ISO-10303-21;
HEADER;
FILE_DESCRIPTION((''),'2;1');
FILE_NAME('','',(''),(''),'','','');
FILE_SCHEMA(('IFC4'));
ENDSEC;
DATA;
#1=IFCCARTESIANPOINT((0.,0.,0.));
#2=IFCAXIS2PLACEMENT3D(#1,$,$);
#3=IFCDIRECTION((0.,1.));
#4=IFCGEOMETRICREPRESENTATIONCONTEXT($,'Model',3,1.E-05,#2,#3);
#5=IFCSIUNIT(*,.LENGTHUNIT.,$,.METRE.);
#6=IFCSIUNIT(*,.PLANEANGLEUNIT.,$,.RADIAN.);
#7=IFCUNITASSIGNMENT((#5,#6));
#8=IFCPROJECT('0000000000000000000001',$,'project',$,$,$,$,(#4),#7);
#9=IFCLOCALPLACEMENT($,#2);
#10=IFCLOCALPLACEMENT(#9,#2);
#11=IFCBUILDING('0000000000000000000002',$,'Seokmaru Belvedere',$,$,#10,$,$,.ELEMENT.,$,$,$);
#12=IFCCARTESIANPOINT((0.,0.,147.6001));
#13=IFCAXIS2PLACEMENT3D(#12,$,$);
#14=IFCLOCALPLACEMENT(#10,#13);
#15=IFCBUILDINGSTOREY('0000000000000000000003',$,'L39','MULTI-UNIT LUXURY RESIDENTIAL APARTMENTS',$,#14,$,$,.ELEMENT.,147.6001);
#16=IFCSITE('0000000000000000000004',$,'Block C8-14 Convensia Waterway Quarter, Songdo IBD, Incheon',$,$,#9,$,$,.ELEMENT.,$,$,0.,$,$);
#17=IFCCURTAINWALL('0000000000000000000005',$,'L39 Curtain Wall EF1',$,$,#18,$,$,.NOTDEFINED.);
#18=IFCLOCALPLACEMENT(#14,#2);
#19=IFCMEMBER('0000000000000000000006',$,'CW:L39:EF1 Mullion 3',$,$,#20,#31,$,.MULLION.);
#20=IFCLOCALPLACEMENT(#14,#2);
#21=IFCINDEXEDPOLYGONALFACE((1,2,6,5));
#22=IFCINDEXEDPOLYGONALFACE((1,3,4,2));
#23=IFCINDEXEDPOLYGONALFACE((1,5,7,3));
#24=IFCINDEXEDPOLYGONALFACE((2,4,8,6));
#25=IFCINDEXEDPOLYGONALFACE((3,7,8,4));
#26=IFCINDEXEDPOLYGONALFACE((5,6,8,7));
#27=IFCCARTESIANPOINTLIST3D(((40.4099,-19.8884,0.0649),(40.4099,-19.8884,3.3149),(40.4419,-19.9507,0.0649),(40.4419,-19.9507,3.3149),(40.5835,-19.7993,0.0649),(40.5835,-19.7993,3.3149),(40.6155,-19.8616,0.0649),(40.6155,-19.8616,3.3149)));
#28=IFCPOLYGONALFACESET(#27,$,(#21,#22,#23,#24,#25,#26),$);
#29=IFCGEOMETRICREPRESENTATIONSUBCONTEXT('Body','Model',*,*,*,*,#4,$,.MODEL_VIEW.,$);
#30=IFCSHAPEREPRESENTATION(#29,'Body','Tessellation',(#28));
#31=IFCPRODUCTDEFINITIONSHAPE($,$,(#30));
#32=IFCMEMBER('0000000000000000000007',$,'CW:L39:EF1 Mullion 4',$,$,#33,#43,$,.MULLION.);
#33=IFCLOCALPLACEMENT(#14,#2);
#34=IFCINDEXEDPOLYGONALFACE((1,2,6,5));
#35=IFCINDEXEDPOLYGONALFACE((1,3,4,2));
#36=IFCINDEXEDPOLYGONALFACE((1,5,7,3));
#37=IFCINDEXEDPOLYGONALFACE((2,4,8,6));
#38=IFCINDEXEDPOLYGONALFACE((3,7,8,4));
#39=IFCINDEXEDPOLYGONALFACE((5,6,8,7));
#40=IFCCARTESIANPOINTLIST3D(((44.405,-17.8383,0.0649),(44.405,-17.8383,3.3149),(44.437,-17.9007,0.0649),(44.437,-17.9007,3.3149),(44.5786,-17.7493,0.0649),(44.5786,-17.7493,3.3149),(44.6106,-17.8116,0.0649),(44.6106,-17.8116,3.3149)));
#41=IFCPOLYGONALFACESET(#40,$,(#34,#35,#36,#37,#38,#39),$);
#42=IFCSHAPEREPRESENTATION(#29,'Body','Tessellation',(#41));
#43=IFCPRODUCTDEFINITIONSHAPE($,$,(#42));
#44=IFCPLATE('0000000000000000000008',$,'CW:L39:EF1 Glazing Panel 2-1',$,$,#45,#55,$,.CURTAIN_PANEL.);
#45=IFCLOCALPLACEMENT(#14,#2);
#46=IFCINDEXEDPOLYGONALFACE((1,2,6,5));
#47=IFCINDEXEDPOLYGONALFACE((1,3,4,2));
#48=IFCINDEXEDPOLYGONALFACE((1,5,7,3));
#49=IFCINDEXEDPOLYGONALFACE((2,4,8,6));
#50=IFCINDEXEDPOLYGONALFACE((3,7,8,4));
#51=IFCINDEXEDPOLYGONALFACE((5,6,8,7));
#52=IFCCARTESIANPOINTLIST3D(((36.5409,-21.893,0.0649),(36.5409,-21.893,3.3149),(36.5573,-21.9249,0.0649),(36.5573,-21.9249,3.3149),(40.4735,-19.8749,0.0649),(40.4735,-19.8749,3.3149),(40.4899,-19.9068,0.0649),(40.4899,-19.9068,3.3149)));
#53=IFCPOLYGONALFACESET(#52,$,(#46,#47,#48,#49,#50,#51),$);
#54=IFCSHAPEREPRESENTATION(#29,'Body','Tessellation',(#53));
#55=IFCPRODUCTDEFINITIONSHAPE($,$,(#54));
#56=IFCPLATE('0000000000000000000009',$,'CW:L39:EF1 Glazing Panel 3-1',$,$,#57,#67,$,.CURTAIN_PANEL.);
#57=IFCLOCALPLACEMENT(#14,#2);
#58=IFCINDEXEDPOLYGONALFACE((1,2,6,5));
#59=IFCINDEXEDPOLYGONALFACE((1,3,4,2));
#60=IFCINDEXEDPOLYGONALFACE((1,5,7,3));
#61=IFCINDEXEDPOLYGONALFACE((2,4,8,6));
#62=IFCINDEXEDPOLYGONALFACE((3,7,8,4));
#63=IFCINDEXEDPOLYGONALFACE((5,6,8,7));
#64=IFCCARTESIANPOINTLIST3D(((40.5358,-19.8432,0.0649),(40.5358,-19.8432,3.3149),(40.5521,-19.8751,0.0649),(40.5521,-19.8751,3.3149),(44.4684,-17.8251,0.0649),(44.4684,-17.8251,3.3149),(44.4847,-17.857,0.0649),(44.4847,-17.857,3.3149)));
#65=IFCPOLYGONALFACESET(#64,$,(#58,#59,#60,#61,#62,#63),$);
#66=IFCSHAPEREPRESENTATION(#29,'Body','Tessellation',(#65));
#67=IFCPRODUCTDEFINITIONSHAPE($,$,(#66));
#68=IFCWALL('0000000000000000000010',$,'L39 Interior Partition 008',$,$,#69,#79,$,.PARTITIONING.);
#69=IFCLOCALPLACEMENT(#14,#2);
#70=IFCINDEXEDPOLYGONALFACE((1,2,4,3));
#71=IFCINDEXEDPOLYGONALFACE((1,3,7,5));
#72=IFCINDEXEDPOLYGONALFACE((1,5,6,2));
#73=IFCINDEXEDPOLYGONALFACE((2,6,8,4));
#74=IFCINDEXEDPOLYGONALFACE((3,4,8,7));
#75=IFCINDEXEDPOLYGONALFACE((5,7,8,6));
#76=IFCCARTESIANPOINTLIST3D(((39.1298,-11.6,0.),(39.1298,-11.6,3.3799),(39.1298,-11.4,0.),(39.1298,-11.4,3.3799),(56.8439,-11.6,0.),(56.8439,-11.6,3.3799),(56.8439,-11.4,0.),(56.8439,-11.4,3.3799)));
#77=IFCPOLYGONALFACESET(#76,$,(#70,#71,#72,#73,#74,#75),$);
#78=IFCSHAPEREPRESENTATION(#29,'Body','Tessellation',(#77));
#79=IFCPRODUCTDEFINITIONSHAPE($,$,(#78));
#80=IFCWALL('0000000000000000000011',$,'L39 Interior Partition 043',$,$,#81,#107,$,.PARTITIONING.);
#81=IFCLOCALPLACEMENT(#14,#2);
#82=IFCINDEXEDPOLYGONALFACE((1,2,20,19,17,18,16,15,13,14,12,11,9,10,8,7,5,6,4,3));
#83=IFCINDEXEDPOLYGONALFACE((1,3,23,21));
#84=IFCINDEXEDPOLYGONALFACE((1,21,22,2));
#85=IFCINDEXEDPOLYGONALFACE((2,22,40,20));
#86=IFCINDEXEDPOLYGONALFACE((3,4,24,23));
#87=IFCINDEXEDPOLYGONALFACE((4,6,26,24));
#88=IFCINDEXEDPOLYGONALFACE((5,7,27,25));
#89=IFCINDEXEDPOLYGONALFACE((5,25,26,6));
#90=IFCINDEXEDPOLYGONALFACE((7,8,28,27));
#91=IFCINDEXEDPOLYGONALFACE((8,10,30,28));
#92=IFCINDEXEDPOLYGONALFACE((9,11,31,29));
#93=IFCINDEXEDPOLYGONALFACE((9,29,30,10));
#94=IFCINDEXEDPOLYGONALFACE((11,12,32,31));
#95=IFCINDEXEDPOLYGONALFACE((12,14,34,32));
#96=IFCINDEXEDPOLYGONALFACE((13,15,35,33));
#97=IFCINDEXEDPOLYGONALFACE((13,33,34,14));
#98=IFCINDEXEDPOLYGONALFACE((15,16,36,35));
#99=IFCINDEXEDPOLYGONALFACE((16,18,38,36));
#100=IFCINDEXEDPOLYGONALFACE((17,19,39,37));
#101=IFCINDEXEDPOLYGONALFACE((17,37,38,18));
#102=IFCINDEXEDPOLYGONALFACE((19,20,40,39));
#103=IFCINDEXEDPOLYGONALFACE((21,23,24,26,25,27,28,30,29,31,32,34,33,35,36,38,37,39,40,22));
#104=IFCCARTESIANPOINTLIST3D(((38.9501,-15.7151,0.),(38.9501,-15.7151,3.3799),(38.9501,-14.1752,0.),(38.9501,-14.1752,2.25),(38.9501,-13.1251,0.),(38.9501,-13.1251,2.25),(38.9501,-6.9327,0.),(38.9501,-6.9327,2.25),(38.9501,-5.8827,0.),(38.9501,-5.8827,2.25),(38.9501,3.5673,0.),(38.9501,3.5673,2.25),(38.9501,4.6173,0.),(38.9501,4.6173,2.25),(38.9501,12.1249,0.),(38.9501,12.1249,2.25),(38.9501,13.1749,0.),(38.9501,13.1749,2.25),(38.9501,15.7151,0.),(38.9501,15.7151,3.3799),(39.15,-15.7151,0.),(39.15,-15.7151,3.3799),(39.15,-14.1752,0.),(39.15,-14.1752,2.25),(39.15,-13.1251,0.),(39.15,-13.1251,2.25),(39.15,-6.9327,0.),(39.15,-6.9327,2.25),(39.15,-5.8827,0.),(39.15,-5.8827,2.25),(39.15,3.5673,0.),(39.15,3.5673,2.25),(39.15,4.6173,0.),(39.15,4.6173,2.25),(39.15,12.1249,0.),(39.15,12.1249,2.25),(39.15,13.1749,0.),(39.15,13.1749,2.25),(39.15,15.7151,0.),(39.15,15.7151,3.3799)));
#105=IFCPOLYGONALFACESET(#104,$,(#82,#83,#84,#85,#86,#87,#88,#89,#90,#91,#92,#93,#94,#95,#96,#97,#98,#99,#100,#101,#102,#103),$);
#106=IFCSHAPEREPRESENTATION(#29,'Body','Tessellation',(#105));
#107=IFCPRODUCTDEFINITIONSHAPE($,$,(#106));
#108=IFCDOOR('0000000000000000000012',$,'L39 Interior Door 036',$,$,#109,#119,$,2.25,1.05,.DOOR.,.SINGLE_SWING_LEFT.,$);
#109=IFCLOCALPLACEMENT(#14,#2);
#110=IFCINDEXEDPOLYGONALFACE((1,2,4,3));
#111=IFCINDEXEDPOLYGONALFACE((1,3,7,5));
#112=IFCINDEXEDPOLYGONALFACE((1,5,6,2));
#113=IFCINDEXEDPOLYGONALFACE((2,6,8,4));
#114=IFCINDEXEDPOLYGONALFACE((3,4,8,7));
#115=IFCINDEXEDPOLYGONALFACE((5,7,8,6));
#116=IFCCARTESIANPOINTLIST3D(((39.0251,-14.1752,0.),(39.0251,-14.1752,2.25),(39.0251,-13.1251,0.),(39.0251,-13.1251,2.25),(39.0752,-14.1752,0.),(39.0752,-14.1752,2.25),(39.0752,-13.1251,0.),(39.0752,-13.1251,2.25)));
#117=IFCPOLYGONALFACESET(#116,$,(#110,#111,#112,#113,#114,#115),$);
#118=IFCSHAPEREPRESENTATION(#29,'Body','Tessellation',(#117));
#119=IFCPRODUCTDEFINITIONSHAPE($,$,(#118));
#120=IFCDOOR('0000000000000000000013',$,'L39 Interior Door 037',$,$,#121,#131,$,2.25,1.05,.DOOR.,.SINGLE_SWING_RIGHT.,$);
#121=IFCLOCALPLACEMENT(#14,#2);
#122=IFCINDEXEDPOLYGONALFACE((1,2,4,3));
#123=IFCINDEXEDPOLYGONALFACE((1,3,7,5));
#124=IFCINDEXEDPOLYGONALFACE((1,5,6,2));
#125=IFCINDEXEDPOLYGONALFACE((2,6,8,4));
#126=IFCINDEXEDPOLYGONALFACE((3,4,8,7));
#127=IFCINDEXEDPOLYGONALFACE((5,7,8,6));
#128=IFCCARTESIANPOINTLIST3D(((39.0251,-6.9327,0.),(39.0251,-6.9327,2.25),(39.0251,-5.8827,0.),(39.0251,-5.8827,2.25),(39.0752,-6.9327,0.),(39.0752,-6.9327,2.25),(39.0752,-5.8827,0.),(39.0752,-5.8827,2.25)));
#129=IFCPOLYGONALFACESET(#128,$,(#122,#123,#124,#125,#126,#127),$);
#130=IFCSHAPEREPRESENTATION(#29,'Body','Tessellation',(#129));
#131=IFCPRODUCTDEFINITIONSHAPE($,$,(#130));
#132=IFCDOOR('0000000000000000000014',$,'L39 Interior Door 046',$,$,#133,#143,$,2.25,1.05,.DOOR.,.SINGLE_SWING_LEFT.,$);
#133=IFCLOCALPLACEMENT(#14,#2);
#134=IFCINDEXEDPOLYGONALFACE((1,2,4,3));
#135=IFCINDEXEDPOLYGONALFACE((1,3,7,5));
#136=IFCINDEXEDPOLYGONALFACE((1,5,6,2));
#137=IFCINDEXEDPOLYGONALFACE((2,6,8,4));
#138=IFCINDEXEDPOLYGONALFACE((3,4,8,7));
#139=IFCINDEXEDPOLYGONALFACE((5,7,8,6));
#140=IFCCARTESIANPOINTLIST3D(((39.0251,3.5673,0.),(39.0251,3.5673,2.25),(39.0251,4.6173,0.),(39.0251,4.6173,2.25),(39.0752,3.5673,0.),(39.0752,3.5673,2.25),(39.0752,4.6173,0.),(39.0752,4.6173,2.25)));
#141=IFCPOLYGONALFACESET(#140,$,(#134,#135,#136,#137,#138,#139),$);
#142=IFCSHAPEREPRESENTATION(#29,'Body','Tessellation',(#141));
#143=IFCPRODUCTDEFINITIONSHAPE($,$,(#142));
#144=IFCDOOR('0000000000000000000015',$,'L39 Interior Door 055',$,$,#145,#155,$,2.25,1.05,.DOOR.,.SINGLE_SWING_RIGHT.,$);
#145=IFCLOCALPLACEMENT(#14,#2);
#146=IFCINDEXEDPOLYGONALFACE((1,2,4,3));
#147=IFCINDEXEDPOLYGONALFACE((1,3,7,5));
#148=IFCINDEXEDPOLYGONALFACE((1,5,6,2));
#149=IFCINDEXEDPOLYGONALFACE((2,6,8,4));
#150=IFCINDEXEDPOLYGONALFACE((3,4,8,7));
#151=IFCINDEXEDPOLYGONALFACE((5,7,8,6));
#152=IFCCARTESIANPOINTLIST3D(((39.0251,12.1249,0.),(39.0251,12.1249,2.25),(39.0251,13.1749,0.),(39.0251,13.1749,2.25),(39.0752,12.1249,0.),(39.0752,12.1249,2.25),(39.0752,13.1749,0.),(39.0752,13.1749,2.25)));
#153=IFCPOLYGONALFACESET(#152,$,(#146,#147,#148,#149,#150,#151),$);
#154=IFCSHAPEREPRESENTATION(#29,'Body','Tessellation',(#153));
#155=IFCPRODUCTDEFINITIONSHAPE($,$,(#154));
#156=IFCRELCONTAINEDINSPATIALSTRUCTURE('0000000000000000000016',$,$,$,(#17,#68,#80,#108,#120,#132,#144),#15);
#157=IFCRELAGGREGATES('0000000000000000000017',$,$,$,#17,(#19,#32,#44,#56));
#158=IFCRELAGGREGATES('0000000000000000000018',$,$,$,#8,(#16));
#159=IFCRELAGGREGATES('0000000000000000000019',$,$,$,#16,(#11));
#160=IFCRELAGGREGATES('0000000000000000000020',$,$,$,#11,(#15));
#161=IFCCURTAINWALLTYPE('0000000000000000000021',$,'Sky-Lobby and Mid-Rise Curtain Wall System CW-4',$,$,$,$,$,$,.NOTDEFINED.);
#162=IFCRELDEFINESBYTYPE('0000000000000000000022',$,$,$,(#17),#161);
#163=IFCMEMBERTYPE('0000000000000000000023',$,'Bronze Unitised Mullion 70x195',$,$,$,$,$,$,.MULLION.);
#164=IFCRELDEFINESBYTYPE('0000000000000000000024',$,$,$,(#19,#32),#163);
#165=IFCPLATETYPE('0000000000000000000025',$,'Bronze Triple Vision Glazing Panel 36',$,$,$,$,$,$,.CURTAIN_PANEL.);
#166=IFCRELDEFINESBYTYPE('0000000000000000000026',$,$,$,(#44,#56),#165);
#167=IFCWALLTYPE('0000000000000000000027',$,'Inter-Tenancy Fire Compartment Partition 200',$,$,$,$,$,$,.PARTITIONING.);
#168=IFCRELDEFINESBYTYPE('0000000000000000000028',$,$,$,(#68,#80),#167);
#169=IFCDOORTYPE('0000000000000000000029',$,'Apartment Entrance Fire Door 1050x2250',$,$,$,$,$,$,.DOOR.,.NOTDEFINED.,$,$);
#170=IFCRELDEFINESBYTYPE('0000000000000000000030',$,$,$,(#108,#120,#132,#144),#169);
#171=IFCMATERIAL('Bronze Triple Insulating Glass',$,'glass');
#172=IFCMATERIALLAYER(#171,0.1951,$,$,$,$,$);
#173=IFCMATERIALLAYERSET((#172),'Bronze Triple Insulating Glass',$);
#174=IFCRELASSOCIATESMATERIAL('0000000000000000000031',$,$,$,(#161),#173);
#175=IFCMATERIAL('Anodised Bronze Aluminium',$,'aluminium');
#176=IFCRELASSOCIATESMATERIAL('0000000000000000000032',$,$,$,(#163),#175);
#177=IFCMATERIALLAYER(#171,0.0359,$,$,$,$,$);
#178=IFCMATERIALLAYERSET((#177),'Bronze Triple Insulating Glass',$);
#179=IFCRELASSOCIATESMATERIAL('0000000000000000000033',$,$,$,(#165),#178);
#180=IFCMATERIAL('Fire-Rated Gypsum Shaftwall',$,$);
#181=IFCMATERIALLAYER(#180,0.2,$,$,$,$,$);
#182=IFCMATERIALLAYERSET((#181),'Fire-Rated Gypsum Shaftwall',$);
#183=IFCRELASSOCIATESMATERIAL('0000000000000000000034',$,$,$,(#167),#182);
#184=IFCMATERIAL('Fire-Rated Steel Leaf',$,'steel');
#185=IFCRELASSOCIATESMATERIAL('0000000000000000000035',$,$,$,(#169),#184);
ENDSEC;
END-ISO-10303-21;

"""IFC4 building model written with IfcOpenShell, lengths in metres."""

from ifc_helpers import new_model, si_unit, direction, frame, frame_2d, origin, origin_2d, place, context, subcontext, project, spatial, rectangle, extrude, source, transform, mapped, material, layer, layer_set, material_profile, profile_set, type_object, type_shapes, element, fill, aggregate, save


model = new_model("IFC4")

# Units and contexts
model_context = context("Model", 3, precision=1e-05, world=origin(), true_north=direction((0.0, 1.0)))
body_context = subcontext(model_context, "Body", "Model", "MODEL_VIEW")
ifc_project = project(units=[si_unit("LENGTHUNIT", "METRE"), si_unit("PLANEANGLEUNIT", "RADIAN")], contexts=[model_context])

# Site, building, storey
site_placement = place(None, origin())
site = spatial("IfcSite", under=ifc_project, at=site_placement, Name="Block C8-14 Convensia Waterway Quarter, Songdo IBD, Incheon", CompositionType="ELEMENT", RefElevation=0.0)
building_placement = place(site_placement, origin())
building = spatial("IfcBuilding", under=site, at=building_placement, Name="Seokmaru Belvedere", CompositionType="ELEMENT")
storey_placement = place(building_placement, frame((0.0, 0.0, 147.6001)))
storey = spatial("IfcBuildingStorey", under=building, at=storey_placement, Name="L39", Description="MULTI-UNIT LUXURY RESIDENTIAL APARTMENTS", CompositionType="ELEMENT", Elevation=147.6001)

# Curtain wall, members, plates
ifc_material_1 = material(Name="Bronze Triple Insulating Glass", Category="glass")
ifc_layer_1 = layer(ifc_material_1, 0.1951)
ifc_layer_set_1 = layer_set([ifc_layer_1], Name="Bronze Triple Insulating Glass")
curtain_wall_type = type_object("IfcCurtainWallType", Name="Sky-Lobby and Mid-Rise Curtain Wall System CW-4", PredefinedType="NOTDEFINED", material=ifc_layer_set_1)
curtain_wall_placement = place(storey_placement, origin())
curtain_wall = element("IfcCurtainWall", 1, at=curtain_wall_placement, inside=storey, type_object=curtain_wall_type, Name="L39 Curtain Wall EF1", PredefinedType="NOTDEFINED")
ifc_material_2 = material(Name="Anodised Bronze Aluminium", Category="aluminium")
ifc_material_profile_1 = material_profile(ifc_material_2, rectangle(XDim=0.0701, YDim=0.1951, at=origin_2d()), Name="CW-M-70x195")
ifc_profile_set_1 = profile_set([ifc_material_profile_1], Name="Anodised Bronze Aluminium")
member_type = type_object("IfcMemberType", Name="Bronze Unitised Mullion 70x195", PredefinedType="MULLION", material=ifc_profile_set_1)
shared_shape_1 = source(origin(), body_context, "Body", "SweptSolid", [
    extrude(rectangle(XDim=0.0701, YDim=0.1951, at=origin_2d()), origin(), (0.0, 0.0, 1.0), 3.25),
])
type_shapes(member_type, [shared_shape_1])
member_1_placement = place(storey_placement, frame((40.5127, -19.875, 0.0649), z_axis=(0.0, 0.0, 1.0), x_axis=(-0.456555, 0.889695, 0.0)))
member_1 = element("IfcMember", 2, at=member_1_placement, type_object=member_type, Name="CW:L39:EF1 Mullion 3", PredefinedType="MULLION", context=body_context, shape_type="MappedRepresentation", body=[
    mapped(shared_shape_1, transform((0.0, 0.0, 0.0), scale=1.0)),
])
member_2_placement = place(storey_placement, frame((44.5078, -17.825, 0.0649), z_axis=(0.0, 0.0, 1.0), x_axis=(-0.456555, 0.889695, 0.0)))
member_2 = element("IfcMember", 3, at=member_2_placement, type_object=member_type, Name="CW:L39:EF1 Mullion 4", PredefinedType="MULLION", context=body_context, shape_type="MappedRepresentation", body=[
    mapped(shared_shape_1, transform((0.0, 0.0, 0.0), scale=1.0)),
])
ifc_layer_2 = layer(ifc_material_1, 0.0359)
ifc_layer_set_2 = layer_set([ifc_layer_2], Name="Bronze Triple Insulating Glass")
plate_type = type_object("IfcPlateType", Name="Bronze Triple Vision Glazing Panel 36", PredefinedType="CURTAIN_PANEL", material=ifc_layer_set_2)
shared_shape_2 = source(origin(), body_context, "Body", "SweptSolid", [
    extrude(rectangle(XDim=4.4202, YDim=0.0359, at=origin_2d()), origin(), (0.0, 0.0, 1.0), 3.25),
])
type_shapes(plate_type, [shared_shape_2])
plate_1_placement = place(storey_placement, frame((38.5154, -20.8999, 0.0649), z_axis=(0.0, 0.0, 1.0), x_axis=(0.889695, 0.456555, 0.0)))
plate_1 = element("IfcPlate", 4, at=plate_1_placement, type_object=plate_type, Name="CW:L39:EF1 Glazing Panel 2-1", PredefinedType="CURTAIN_PANEL", context=body_context, shape_type="MappedRepresentation", body=[
    mapped(shared_shape_2, transform((0.0, 0.0, 0.0), scale=1.0)),
])
plate_2_placement = place(storey_placement, frame((42.5103, -18.8501, 0.0649), z_axis=(0.0, 0.0, 1.0), x_axis=(0.889695, 0.456555, 0.0)))
plate_2 = element("IfcPlate", 5, at=plate_2_placement, type_object=plate_type, Name="CW:L39:EF1 Glazing Panel 3-1", PredefinedType="CURTAIN_PANEL", context=body_context, shape_type="MappedRepresentation", body=[
    mapped(shared_shape_2, transform((0.0, 0.0, 0.0), scale=1.0)),
])
aggregate(curtain_wall, [member_1, member_2, plate_1, plate_2])

# Wall
ifc_material_3 = material(Name="Fire-Rated Gypsum Shaftwall")
ifc_layer_3 = layer(ifc_material_3, 0.2)
ifc_layer_set_3 = layer_set([ifc_layer_3], Name="Fire-Rated Gypsum Shaftwall")
wall_type_1 = type_object("IfcWallType", Name="Inter-Tenancy Fire Compartment Partition 200", PredefinedType="PARTITIONING", material=ifc_layer_set_3)
wall_1_placement = place(storey_placement, frame((39.1299, -11.5, 0.0), z_axis=(0.0, 0.0, 1.0), x_axis=(1.0, 0.0, 0.0)))
element("IfcWall", 6, at=wall_1_placement, inside=storey, type_object=wall_type_1, Name="L39 Interior Partition 008", PredefinedType="PARTITIONING", context=body_context, shape_type="SweptSolid", body=[
    extrude(rectangle(XDim=17.7141, YDim=0.2, at=frame_2d((8.8569, 0.0))), origin(), (0.0, 0.0, 1.0), 3.3799),
])

# Wall, openings, doors
wall_2_placement = place(storey_placement, frame((39.05, -15.7151, 0.0), z_axis=(0.0, 0.0, 1.0), x_axis=(0.0, 1.0, 0.0)))
wall_2 = element("IfcWall", 7, at=wall_2_placement, inside=storey, type_object=wall_type_1, Name="L39 Interior Partition 043", PredefinedType="PARTITIONING", context=body_context, shape_type="SweptSolid", body=[
    extrude(rectangle(XDim=31.4302, YDim=0.2, at=frame_2d((15.7151, 0.0))), origin(), (0.0, 0.0, 1.0), 3.3799),
])
opening_1_placement = place(wall_2_placement, frame((1.54, 0.0, 0.0)))
opening_1 = element("IfcOpeningElement", 8, at=opening_1_placement, cuts=wall_2, PredefinedType="OPENING", context=body_context, shape_type="SweptSolid", body=[
    extrude(rectangle(XDim=1.05, YDim=2.25, at=frame_2d((0.5249, 1.125))), frame((0.0, 0.1099, 0.0), z_axis=(0.0, -1.0, 0.0), x_axis=(1.0, 0.0, 0.0)), (0.0, 0.0, 1.0), 0.22),
])
opening_2_placement = place(wall_2_placement, frame((8.7825, 0.0, 0.0)))
opening_2 = element("IfcOpeningElement", 9, at=opening_2_placement, cuts=wall_2, PredefinedType="OPENING", context=body_context, shape_type="SweptSolid", body=[
    extrude(rectangle(XDim=1.05, YDim=2.25, at=frame_2d((0.5249, 1.125))), frame((0.0, 0.1099, 0.0), z_axis=(0.0, -1.0, 0.0), x_axis=(1.0, 0.0, 0.0)), (0.0, 0.0, 1.0), 0.22),
])
opening_3_placement = place(wall_2_placement, frame((19.2825, 0.0, 0.0)))
opening_3 = element("IfcOpeningElement", 10, at=opening_3_placement, cuts=wall_2, PredefinedType="OPENING", context=body_context, shape_type="SweptSolid", body=[
    extrude(rectangle(XDim=1.05, YDim=2.25, at=frame_2d((0.5249, 1.125))), frame((0.0, 0.1099, 0.0), z_axis=(0.0, -1.0, 0.0), x_axis=(1.0, 0.0, 0.0)), (0.0, 0.0, 1.0), 0.22),
])
opening_4_placement = place(wall_2_placement, frame((27.8401, 0.0, 0.0)))
opening_4 = element("IfcOpeningElement", 11, at=opening_4_placement, cuts=wall_2, PredefinedType="OPENING", context=body_context, shape_type="SweptSolid", body=[
    extrude(rectangle(XDim=1.05, YDim=2.25, at=frame_2d((0.5249, 1.125))), frame((0.0, 0.1099, 0.0), z_axis=(0.0, -1.0, 0.0), x_axis=(1.0, 0.0, 0.0)), (0.0, 0.0, 1.0), 0.22),
])
ifc_material_4 = material(Name="Fire-Rated Steel Leaf", Category="steel")
door_type_1 = type_object("IfcDoorType", Name="Apartment Entrance Fire Door 1050x2250", OperationType="NOTDEFINED", PredefinedType="DOOR", material=ifc_material_4)
shared_shape_3 = source(origin(), body_context, "Body", "SweptSolid", [
    extrude(rectangle(XDim=1.05, YDim=2.25, at=frame_2d((0.5249, 1.125))), frame((0.0, 0.0249, 0.0), z_axis=(0.0, -1.0, 0.0), x_axis=(1.0, 0.0, 0.0)), (0.0, 0.0, 1.0), 0.05),
])
type_shapes(door_type_1, [shared_shape_3])
door_1_placement = place(opening_1_placement, origin())
door_1 = element("IfcDoor", 12, at=door_1_placement, inside=storey, type_object=door_type_1, Name="L39 Interior Door 036", OperationType="SINGLE_SWING_LEFT", OverallHeight=2.25, OverallWidth=1.05, PredefinedType="DOOR", context=body_context, shape_type="MappedRepresentation", body=[
    mapped(shared_shape_3, transform((0.0, 0.0, 0.0), scale=1.0)),
])
fill(opening_1, door_1)
door_2_placement = place(opening_2_placement, origin())
door_2 = element("IfcDoor", 13, at=door_2_placement, inside=storey, type_object=door_type_1, Name="L39 Interior Door 037", OperationType="SINGLE_SWING_RIGHT", OverallHeight=2.25, OverallWidth=1.05, PredefinedType="DOOR", context=body_context, shape_type="MappedRepresentation", body=[
    mapped(shared_shape_3, transform((0.0, 0.0, 0.0), scale=1.0)),
])
fill(opening_2, door_2)
door_3_placement = place(opening_3_placement, origin())
door_3 = element("IfcDoor", 14, at=door_3_placement, inside=storey, type_object=door_type_1, Name="L39 Interior Door 046", OperationType="SINGLE_SWING_LEFT", OverallHeight=2.25, OverallWidth=1.05, PredefinedType="DOOR", context=body_context, shape_type="MappedRepresentation", body=[
    mapped(shared_shape_3, transform((0.0, 0.0, 0.0), scale=1.0)),
])
fill(opening_3, door_3)
door_4_placement = place(opening_4_placement, origin())
door_4 = element("IfcDoor", 15, at=door_4_placement, inside=storey, type_object=door_type_1, Name="L39 Interior Door 055", OperationType="SINGLE_SWING_RIGHT", OverallHeight=2.25, OverallWidth=1.05, PredefinedType="DOOR", context=body_context, shape_type="MappedRepresentation", body=[
    mapped(shared_shape_3, transform((0.0, 0.0, 0.0), scale=1.0)),
])
fill(opening_4, door_4)

save(model, "model.ifc")
